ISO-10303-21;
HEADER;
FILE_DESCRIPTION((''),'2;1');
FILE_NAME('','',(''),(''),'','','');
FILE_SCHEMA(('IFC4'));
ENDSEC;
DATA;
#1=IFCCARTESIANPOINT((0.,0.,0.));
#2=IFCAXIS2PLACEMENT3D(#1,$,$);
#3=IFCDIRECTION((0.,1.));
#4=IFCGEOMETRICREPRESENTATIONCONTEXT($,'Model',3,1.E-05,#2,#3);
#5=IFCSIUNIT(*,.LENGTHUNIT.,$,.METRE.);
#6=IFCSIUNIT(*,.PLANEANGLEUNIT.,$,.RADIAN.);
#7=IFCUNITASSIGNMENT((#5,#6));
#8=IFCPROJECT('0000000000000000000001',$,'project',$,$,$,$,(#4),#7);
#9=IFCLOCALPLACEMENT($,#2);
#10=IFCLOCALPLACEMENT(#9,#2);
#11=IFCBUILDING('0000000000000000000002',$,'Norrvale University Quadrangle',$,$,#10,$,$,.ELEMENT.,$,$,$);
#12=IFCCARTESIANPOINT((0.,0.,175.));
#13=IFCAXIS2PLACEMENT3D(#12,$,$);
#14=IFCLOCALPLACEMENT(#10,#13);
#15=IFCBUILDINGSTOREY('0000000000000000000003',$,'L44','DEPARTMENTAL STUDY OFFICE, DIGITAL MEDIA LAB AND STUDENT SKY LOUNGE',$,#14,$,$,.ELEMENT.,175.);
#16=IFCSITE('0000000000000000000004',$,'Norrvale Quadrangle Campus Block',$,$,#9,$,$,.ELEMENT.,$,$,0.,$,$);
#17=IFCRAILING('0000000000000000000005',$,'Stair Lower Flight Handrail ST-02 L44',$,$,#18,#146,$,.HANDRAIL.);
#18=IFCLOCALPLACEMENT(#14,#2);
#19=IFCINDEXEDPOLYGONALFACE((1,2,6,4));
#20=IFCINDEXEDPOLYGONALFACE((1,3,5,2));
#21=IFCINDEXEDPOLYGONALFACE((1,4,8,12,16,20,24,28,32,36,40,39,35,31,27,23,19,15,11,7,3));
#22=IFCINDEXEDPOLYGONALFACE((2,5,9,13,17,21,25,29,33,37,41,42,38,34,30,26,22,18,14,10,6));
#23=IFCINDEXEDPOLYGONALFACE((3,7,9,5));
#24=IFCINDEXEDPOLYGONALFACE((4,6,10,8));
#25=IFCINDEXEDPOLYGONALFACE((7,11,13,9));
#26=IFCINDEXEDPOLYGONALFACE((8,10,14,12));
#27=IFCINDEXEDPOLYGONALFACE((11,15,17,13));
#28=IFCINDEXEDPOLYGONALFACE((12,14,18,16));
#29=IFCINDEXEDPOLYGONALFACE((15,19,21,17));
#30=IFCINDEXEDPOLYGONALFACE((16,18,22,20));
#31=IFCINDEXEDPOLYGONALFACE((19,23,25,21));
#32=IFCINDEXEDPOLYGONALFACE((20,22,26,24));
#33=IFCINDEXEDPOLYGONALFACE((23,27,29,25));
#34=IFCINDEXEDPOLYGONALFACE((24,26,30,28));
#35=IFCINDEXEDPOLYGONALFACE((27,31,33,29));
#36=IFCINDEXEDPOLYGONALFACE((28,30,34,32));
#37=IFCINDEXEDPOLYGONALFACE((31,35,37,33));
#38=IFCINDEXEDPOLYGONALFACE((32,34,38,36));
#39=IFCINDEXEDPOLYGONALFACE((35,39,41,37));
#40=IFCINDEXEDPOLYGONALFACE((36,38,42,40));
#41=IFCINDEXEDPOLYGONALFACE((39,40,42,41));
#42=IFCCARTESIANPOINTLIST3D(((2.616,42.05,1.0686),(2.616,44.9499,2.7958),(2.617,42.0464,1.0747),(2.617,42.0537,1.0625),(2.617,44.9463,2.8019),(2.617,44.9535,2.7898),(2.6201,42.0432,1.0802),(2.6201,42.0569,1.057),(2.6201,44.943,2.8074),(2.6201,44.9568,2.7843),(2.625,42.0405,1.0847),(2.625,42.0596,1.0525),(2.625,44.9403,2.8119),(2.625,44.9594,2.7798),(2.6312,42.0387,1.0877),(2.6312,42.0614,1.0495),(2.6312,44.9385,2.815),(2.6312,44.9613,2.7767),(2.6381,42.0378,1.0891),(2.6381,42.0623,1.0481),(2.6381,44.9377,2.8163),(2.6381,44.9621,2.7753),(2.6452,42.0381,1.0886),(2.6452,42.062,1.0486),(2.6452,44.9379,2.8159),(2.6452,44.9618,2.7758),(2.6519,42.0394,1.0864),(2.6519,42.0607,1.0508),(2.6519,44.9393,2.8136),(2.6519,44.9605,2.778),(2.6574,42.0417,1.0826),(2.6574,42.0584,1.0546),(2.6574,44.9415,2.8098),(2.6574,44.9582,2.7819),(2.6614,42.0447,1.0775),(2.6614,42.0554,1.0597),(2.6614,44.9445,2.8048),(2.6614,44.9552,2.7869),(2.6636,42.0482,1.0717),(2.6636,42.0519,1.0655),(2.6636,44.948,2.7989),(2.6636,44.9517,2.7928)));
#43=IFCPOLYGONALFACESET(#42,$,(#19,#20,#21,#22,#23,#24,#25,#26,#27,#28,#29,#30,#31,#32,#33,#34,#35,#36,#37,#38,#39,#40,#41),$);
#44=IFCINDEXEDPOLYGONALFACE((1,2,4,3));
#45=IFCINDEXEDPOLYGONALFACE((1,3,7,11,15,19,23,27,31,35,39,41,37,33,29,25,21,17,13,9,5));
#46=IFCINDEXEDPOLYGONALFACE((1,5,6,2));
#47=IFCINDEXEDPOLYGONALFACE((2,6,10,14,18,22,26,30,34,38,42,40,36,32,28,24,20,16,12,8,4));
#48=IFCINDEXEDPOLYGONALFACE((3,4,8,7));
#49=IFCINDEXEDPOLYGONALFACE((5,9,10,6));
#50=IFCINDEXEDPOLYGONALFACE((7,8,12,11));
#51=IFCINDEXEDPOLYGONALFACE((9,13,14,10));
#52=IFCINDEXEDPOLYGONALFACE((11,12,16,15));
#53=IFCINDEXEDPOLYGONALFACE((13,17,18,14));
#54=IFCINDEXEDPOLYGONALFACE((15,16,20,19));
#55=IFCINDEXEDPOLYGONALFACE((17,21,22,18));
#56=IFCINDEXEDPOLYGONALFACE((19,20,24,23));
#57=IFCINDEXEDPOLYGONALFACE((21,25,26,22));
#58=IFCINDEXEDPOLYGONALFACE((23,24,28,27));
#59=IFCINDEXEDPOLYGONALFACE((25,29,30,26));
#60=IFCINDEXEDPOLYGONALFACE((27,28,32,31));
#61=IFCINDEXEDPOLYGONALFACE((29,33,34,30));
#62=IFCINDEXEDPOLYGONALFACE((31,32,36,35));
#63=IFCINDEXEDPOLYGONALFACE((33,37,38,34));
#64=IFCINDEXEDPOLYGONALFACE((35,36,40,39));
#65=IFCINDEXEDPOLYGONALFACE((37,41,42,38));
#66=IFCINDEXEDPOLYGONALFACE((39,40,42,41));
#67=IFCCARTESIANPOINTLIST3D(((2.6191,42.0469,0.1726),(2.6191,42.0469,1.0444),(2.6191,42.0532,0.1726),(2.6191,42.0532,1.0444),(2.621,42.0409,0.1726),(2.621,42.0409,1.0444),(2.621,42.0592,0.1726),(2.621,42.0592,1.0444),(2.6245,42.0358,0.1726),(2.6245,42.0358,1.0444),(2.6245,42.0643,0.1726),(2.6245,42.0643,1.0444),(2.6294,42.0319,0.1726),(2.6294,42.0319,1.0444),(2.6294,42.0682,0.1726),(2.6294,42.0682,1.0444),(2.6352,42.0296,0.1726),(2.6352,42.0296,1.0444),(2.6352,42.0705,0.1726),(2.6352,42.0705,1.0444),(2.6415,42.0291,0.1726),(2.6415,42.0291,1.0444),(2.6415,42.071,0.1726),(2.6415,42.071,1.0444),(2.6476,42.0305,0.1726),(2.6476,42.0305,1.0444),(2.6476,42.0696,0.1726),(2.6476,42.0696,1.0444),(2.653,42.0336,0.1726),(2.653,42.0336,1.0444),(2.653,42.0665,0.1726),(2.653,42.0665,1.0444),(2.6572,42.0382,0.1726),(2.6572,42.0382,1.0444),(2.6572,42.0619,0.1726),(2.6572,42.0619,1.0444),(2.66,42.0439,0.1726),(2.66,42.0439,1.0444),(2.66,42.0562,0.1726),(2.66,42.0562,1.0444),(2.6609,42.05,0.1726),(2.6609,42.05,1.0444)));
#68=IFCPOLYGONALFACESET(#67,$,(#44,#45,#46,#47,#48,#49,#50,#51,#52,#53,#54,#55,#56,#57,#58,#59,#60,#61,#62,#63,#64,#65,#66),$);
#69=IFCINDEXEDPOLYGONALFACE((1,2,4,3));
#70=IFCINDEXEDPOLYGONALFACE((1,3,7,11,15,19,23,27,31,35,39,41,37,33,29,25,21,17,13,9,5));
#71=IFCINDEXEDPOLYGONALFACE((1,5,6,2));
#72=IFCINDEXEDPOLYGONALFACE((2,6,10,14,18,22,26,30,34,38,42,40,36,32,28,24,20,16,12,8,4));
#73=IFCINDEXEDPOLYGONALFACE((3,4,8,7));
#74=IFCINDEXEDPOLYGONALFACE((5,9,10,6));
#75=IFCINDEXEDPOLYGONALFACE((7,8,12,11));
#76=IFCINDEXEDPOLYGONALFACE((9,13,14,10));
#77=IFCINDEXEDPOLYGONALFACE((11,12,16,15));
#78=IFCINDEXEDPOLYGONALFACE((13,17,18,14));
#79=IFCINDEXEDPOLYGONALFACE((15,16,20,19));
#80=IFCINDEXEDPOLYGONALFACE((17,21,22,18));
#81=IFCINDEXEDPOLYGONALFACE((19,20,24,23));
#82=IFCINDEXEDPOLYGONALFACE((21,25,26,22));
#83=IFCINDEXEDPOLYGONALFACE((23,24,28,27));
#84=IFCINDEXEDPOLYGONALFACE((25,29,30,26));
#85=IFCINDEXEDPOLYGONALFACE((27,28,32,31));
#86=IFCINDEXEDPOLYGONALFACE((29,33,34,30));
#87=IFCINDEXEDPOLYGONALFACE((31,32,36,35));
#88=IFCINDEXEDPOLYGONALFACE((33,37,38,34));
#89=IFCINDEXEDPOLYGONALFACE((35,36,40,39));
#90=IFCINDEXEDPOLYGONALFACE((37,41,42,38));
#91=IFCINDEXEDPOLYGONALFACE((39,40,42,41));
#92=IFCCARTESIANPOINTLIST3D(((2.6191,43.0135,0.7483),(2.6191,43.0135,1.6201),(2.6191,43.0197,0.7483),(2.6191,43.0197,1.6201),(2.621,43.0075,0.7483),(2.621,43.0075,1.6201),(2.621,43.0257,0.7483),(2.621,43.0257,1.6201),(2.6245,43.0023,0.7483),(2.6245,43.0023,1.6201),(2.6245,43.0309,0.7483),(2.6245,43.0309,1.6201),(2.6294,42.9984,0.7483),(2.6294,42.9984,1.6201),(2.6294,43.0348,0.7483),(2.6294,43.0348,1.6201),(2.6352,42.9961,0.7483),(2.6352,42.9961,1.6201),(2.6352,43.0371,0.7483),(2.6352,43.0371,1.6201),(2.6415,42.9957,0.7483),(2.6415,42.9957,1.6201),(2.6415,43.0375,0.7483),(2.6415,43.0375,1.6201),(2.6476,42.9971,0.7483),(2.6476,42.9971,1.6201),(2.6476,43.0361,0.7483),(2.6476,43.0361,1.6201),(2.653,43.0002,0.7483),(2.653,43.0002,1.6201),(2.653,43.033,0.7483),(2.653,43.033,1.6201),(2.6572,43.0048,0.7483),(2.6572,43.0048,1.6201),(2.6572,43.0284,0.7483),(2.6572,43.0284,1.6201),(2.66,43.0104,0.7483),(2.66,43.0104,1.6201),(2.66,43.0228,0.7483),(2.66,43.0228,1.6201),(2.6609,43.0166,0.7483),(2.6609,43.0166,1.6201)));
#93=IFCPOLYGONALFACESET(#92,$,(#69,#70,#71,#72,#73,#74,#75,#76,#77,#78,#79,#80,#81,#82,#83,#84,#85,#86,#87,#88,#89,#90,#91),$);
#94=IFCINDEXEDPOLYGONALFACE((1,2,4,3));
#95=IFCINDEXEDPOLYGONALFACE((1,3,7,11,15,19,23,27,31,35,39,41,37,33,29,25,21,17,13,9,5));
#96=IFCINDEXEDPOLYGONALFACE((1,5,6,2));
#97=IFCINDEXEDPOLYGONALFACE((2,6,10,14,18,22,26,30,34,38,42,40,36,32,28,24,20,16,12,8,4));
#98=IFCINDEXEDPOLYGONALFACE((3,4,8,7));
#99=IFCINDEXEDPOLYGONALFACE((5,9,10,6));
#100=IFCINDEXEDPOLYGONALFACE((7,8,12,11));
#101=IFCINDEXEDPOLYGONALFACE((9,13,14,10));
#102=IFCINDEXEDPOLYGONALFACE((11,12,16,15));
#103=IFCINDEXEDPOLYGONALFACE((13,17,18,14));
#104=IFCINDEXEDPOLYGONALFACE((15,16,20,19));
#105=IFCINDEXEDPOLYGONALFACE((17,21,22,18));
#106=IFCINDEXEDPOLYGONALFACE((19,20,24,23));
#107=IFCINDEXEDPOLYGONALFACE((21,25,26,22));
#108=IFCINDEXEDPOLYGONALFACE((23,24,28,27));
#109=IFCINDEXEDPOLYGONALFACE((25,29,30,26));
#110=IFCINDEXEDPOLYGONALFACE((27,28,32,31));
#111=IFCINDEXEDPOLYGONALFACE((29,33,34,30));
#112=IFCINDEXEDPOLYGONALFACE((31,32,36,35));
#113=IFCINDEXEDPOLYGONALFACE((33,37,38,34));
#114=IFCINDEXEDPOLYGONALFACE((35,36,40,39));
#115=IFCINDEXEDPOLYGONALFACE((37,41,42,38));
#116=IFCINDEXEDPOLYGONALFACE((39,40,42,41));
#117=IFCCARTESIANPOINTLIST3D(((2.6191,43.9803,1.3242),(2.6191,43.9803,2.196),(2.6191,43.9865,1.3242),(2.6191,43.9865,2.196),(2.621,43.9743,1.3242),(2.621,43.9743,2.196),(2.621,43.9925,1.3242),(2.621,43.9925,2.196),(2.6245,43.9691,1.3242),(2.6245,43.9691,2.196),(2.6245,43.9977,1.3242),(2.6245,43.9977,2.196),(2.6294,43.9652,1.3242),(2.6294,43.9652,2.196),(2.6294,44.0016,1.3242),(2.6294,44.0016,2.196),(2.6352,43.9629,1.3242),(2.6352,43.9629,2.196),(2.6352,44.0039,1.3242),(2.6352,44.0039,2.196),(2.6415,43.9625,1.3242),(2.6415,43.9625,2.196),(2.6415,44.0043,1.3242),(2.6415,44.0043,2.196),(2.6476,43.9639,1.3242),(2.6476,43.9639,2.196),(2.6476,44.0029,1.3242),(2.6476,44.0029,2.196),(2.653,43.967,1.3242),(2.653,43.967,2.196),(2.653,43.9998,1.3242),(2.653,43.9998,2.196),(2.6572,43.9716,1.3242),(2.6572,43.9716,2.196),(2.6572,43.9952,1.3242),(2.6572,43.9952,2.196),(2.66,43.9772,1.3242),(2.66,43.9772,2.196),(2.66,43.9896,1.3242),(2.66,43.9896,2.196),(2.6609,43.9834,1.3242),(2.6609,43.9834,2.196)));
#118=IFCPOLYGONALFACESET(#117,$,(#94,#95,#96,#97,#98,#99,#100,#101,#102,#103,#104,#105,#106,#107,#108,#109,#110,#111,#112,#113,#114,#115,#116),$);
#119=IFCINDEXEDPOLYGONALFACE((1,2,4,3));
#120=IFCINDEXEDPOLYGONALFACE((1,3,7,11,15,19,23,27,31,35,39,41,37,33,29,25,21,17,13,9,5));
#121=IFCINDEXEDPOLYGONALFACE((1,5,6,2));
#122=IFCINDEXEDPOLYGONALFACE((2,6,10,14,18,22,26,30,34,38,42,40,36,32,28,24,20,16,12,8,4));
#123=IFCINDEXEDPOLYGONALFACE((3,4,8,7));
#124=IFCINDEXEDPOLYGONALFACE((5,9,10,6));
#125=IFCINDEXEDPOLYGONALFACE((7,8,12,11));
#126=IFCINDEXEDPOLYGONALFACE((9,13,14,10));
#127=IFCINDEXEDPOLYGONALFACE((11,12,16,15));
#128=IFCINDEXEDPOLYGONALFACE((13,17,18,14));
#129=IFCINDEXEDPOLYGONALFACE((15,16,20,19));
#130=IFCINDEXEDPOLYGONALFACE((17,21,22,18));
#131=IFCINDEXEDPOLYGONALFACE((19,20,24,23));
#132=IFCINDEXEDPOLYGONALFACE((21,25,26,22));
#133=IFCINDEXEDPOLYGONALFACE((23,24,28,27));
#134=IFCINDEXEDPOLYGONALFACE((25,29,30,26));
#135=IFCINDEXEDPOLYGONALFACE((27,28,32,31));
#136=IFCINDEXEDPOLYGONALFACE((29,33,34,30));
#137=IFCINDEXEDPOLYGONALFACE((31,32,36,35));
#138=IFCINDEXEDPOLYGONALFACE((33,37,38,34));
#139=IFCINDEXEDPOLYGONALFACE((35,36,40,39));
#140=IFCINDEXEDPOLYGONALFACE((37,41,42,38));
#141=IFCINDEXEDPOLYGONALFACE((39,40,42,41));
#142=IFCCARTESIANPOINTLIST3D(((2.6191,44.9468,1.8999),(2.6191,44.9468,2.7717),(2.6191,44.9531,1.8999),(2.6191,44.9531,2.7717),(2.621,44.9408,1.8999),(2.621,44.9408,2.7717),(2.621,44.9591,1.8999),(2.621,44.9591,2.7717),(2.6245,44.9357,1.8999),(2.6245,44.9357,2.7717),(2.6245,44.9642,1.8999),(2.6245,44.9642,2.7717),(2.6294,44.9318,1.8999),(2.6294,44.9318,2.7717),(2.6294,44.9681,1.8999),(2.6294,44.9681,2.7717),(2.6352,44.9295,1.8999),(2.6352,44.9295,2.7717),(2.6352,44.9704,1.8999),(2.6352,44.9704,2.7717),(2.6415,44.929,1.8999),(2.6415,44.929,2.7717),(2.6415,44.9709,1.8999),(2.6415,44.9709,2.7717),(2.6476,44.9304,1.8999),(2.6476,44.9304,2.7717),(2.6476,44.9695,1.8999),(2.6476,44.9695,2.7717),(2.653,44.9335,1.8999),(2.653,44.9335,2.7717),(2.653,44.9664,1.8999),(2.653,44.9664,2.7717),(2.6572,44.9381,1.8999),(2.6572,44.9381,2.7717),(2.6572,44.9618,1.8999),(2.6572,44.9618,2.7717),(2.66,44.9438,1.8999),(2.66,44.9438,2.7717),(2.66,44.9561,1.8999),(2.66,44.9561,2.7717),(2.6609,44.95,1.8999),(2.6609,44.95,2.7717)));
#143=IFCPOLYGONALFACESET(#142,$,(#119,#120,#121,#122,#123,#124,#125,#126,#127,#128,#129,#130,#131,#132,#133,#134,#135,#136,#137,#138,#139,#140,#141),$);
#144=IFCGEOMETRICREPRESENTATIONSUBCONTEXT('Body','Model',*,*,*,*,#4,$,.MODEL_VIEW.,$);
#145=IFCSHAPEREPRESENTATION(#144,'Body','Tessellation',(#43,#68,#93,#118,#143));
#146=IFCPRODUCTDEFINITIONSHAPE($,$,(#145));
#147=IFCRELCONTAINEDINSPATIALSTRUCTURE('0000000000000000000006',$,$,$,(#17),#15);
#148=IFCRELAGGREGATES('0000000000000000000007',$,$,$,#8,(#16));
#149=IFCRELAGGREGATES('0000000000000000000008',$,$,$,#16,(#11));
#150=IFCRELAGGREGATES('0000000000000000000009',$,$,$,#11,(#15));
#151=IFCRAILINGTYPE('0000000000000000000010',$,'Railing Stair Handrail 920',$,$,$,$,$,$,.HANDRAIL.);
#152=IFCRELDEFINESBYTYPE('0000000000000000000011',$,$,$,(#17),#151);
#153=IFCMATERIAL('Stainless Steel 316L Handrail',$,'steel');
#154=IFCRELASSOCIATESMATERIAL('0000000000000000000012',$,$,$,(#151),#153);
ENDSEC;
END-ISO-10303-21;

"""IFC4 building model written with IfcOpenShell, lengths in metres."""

from ifc_helpers import new_model, si_unit, direction, frame, origin, origin_2d, place, context, subcontext, project, spatial, circle, extrude, material, type_object, element, save


model = new_model("IFC4")

# Units and contexts
model_context = context("Model", 3, precision=1e-05, world=origin(), true_north=direction((0.0, 1.0)))
body_context = subcontext(model_context, "Body", "Model", "MODEL_VIEW")
ifc_project = project(units=[si_unit("LENGTHUNIT", "METRE"), si_unit("PLANEANGLEUNIT", "RADIAN")], contexts=[model_context])

# Site, building, storey
site_placement = place(None, origin())
site = spatial("IfcSite", under=ifc_project, at=site_placement, Name="Norrvale Quadrangle Campus Block", CompositionType="ELEMENT", RefElevation=0.0)
building_placement = place(site_placement, origin())
building = spatial("IfcBuilding", under=site, at=building_placement, Name="Norrvale University Quadrangle", CompositionType="ELEMENT")
storey_placement = place(building_placement, frame((0.0, 0.0, 175.0)))
storey = spatial("IfcBuildingStorey", under=building, at=storey_placement, Name="L44", Description="DEPARTMENTAL STUDY OFFICE, DIGITAL MEDIA LAB AND STUDENT SKY LOUNGE", CompositionType="ELEMENT", Elevation=175.0)

# Railing
ifc_material_1 = material(Name="Stainless Steel 316L Handrail", Category="steel")
railing_type_1 = type_object("IfcRailingType", Name="Railing Stair Handrail 920", PredefinedType="HANDRAIL", material=ifc_material_1)
railing_1_placement = place(storey_placement, frame((2.6399, 42.05, 0.1726)))
element("IfcRailing", 1, at=railing_1_placement, inside=storey, type_object=railing_type_1, Name="Stair Lower Flight Handrail ST-02 L44", PredefinedType="HANDRAIL", context=body_context, shape_type="SweptSolid", body=[
    extrude(circle(Radius=0.0239, at=origin_2d()), frame((0.0, 0.0, 0.896), z_axis=(0.0, 0.859141, 0.511738), x_axis=(-1.0, 0.0, 0.0)), (0.0, 0.0, 1.0), 3.3752),
    extrude(circle(Radius=0.021, at=origin_2d()), origin(), (0.0, 0.0, 1.0), 0.8718),
    extrude(circle(Radius=0.021, at=origin_2d()), frame((0.0, 0.9666, 0.5757)), (0.0, 0.0, 1.0), 0.8718),
    extrude(circle(Radius=0.021, at=origin_2d()), frame((0.0, 1.9333, 1.1516)), (0.0, 0.0, 1.0), 0.8718),
    extrude(circle(Radius=0.021, at=origin_2d()), frame((0.0, 2.8999, 1.7273)), (0.0, 0.0, 1.0), 0.8718),
])

save(model, "model.ifc")
